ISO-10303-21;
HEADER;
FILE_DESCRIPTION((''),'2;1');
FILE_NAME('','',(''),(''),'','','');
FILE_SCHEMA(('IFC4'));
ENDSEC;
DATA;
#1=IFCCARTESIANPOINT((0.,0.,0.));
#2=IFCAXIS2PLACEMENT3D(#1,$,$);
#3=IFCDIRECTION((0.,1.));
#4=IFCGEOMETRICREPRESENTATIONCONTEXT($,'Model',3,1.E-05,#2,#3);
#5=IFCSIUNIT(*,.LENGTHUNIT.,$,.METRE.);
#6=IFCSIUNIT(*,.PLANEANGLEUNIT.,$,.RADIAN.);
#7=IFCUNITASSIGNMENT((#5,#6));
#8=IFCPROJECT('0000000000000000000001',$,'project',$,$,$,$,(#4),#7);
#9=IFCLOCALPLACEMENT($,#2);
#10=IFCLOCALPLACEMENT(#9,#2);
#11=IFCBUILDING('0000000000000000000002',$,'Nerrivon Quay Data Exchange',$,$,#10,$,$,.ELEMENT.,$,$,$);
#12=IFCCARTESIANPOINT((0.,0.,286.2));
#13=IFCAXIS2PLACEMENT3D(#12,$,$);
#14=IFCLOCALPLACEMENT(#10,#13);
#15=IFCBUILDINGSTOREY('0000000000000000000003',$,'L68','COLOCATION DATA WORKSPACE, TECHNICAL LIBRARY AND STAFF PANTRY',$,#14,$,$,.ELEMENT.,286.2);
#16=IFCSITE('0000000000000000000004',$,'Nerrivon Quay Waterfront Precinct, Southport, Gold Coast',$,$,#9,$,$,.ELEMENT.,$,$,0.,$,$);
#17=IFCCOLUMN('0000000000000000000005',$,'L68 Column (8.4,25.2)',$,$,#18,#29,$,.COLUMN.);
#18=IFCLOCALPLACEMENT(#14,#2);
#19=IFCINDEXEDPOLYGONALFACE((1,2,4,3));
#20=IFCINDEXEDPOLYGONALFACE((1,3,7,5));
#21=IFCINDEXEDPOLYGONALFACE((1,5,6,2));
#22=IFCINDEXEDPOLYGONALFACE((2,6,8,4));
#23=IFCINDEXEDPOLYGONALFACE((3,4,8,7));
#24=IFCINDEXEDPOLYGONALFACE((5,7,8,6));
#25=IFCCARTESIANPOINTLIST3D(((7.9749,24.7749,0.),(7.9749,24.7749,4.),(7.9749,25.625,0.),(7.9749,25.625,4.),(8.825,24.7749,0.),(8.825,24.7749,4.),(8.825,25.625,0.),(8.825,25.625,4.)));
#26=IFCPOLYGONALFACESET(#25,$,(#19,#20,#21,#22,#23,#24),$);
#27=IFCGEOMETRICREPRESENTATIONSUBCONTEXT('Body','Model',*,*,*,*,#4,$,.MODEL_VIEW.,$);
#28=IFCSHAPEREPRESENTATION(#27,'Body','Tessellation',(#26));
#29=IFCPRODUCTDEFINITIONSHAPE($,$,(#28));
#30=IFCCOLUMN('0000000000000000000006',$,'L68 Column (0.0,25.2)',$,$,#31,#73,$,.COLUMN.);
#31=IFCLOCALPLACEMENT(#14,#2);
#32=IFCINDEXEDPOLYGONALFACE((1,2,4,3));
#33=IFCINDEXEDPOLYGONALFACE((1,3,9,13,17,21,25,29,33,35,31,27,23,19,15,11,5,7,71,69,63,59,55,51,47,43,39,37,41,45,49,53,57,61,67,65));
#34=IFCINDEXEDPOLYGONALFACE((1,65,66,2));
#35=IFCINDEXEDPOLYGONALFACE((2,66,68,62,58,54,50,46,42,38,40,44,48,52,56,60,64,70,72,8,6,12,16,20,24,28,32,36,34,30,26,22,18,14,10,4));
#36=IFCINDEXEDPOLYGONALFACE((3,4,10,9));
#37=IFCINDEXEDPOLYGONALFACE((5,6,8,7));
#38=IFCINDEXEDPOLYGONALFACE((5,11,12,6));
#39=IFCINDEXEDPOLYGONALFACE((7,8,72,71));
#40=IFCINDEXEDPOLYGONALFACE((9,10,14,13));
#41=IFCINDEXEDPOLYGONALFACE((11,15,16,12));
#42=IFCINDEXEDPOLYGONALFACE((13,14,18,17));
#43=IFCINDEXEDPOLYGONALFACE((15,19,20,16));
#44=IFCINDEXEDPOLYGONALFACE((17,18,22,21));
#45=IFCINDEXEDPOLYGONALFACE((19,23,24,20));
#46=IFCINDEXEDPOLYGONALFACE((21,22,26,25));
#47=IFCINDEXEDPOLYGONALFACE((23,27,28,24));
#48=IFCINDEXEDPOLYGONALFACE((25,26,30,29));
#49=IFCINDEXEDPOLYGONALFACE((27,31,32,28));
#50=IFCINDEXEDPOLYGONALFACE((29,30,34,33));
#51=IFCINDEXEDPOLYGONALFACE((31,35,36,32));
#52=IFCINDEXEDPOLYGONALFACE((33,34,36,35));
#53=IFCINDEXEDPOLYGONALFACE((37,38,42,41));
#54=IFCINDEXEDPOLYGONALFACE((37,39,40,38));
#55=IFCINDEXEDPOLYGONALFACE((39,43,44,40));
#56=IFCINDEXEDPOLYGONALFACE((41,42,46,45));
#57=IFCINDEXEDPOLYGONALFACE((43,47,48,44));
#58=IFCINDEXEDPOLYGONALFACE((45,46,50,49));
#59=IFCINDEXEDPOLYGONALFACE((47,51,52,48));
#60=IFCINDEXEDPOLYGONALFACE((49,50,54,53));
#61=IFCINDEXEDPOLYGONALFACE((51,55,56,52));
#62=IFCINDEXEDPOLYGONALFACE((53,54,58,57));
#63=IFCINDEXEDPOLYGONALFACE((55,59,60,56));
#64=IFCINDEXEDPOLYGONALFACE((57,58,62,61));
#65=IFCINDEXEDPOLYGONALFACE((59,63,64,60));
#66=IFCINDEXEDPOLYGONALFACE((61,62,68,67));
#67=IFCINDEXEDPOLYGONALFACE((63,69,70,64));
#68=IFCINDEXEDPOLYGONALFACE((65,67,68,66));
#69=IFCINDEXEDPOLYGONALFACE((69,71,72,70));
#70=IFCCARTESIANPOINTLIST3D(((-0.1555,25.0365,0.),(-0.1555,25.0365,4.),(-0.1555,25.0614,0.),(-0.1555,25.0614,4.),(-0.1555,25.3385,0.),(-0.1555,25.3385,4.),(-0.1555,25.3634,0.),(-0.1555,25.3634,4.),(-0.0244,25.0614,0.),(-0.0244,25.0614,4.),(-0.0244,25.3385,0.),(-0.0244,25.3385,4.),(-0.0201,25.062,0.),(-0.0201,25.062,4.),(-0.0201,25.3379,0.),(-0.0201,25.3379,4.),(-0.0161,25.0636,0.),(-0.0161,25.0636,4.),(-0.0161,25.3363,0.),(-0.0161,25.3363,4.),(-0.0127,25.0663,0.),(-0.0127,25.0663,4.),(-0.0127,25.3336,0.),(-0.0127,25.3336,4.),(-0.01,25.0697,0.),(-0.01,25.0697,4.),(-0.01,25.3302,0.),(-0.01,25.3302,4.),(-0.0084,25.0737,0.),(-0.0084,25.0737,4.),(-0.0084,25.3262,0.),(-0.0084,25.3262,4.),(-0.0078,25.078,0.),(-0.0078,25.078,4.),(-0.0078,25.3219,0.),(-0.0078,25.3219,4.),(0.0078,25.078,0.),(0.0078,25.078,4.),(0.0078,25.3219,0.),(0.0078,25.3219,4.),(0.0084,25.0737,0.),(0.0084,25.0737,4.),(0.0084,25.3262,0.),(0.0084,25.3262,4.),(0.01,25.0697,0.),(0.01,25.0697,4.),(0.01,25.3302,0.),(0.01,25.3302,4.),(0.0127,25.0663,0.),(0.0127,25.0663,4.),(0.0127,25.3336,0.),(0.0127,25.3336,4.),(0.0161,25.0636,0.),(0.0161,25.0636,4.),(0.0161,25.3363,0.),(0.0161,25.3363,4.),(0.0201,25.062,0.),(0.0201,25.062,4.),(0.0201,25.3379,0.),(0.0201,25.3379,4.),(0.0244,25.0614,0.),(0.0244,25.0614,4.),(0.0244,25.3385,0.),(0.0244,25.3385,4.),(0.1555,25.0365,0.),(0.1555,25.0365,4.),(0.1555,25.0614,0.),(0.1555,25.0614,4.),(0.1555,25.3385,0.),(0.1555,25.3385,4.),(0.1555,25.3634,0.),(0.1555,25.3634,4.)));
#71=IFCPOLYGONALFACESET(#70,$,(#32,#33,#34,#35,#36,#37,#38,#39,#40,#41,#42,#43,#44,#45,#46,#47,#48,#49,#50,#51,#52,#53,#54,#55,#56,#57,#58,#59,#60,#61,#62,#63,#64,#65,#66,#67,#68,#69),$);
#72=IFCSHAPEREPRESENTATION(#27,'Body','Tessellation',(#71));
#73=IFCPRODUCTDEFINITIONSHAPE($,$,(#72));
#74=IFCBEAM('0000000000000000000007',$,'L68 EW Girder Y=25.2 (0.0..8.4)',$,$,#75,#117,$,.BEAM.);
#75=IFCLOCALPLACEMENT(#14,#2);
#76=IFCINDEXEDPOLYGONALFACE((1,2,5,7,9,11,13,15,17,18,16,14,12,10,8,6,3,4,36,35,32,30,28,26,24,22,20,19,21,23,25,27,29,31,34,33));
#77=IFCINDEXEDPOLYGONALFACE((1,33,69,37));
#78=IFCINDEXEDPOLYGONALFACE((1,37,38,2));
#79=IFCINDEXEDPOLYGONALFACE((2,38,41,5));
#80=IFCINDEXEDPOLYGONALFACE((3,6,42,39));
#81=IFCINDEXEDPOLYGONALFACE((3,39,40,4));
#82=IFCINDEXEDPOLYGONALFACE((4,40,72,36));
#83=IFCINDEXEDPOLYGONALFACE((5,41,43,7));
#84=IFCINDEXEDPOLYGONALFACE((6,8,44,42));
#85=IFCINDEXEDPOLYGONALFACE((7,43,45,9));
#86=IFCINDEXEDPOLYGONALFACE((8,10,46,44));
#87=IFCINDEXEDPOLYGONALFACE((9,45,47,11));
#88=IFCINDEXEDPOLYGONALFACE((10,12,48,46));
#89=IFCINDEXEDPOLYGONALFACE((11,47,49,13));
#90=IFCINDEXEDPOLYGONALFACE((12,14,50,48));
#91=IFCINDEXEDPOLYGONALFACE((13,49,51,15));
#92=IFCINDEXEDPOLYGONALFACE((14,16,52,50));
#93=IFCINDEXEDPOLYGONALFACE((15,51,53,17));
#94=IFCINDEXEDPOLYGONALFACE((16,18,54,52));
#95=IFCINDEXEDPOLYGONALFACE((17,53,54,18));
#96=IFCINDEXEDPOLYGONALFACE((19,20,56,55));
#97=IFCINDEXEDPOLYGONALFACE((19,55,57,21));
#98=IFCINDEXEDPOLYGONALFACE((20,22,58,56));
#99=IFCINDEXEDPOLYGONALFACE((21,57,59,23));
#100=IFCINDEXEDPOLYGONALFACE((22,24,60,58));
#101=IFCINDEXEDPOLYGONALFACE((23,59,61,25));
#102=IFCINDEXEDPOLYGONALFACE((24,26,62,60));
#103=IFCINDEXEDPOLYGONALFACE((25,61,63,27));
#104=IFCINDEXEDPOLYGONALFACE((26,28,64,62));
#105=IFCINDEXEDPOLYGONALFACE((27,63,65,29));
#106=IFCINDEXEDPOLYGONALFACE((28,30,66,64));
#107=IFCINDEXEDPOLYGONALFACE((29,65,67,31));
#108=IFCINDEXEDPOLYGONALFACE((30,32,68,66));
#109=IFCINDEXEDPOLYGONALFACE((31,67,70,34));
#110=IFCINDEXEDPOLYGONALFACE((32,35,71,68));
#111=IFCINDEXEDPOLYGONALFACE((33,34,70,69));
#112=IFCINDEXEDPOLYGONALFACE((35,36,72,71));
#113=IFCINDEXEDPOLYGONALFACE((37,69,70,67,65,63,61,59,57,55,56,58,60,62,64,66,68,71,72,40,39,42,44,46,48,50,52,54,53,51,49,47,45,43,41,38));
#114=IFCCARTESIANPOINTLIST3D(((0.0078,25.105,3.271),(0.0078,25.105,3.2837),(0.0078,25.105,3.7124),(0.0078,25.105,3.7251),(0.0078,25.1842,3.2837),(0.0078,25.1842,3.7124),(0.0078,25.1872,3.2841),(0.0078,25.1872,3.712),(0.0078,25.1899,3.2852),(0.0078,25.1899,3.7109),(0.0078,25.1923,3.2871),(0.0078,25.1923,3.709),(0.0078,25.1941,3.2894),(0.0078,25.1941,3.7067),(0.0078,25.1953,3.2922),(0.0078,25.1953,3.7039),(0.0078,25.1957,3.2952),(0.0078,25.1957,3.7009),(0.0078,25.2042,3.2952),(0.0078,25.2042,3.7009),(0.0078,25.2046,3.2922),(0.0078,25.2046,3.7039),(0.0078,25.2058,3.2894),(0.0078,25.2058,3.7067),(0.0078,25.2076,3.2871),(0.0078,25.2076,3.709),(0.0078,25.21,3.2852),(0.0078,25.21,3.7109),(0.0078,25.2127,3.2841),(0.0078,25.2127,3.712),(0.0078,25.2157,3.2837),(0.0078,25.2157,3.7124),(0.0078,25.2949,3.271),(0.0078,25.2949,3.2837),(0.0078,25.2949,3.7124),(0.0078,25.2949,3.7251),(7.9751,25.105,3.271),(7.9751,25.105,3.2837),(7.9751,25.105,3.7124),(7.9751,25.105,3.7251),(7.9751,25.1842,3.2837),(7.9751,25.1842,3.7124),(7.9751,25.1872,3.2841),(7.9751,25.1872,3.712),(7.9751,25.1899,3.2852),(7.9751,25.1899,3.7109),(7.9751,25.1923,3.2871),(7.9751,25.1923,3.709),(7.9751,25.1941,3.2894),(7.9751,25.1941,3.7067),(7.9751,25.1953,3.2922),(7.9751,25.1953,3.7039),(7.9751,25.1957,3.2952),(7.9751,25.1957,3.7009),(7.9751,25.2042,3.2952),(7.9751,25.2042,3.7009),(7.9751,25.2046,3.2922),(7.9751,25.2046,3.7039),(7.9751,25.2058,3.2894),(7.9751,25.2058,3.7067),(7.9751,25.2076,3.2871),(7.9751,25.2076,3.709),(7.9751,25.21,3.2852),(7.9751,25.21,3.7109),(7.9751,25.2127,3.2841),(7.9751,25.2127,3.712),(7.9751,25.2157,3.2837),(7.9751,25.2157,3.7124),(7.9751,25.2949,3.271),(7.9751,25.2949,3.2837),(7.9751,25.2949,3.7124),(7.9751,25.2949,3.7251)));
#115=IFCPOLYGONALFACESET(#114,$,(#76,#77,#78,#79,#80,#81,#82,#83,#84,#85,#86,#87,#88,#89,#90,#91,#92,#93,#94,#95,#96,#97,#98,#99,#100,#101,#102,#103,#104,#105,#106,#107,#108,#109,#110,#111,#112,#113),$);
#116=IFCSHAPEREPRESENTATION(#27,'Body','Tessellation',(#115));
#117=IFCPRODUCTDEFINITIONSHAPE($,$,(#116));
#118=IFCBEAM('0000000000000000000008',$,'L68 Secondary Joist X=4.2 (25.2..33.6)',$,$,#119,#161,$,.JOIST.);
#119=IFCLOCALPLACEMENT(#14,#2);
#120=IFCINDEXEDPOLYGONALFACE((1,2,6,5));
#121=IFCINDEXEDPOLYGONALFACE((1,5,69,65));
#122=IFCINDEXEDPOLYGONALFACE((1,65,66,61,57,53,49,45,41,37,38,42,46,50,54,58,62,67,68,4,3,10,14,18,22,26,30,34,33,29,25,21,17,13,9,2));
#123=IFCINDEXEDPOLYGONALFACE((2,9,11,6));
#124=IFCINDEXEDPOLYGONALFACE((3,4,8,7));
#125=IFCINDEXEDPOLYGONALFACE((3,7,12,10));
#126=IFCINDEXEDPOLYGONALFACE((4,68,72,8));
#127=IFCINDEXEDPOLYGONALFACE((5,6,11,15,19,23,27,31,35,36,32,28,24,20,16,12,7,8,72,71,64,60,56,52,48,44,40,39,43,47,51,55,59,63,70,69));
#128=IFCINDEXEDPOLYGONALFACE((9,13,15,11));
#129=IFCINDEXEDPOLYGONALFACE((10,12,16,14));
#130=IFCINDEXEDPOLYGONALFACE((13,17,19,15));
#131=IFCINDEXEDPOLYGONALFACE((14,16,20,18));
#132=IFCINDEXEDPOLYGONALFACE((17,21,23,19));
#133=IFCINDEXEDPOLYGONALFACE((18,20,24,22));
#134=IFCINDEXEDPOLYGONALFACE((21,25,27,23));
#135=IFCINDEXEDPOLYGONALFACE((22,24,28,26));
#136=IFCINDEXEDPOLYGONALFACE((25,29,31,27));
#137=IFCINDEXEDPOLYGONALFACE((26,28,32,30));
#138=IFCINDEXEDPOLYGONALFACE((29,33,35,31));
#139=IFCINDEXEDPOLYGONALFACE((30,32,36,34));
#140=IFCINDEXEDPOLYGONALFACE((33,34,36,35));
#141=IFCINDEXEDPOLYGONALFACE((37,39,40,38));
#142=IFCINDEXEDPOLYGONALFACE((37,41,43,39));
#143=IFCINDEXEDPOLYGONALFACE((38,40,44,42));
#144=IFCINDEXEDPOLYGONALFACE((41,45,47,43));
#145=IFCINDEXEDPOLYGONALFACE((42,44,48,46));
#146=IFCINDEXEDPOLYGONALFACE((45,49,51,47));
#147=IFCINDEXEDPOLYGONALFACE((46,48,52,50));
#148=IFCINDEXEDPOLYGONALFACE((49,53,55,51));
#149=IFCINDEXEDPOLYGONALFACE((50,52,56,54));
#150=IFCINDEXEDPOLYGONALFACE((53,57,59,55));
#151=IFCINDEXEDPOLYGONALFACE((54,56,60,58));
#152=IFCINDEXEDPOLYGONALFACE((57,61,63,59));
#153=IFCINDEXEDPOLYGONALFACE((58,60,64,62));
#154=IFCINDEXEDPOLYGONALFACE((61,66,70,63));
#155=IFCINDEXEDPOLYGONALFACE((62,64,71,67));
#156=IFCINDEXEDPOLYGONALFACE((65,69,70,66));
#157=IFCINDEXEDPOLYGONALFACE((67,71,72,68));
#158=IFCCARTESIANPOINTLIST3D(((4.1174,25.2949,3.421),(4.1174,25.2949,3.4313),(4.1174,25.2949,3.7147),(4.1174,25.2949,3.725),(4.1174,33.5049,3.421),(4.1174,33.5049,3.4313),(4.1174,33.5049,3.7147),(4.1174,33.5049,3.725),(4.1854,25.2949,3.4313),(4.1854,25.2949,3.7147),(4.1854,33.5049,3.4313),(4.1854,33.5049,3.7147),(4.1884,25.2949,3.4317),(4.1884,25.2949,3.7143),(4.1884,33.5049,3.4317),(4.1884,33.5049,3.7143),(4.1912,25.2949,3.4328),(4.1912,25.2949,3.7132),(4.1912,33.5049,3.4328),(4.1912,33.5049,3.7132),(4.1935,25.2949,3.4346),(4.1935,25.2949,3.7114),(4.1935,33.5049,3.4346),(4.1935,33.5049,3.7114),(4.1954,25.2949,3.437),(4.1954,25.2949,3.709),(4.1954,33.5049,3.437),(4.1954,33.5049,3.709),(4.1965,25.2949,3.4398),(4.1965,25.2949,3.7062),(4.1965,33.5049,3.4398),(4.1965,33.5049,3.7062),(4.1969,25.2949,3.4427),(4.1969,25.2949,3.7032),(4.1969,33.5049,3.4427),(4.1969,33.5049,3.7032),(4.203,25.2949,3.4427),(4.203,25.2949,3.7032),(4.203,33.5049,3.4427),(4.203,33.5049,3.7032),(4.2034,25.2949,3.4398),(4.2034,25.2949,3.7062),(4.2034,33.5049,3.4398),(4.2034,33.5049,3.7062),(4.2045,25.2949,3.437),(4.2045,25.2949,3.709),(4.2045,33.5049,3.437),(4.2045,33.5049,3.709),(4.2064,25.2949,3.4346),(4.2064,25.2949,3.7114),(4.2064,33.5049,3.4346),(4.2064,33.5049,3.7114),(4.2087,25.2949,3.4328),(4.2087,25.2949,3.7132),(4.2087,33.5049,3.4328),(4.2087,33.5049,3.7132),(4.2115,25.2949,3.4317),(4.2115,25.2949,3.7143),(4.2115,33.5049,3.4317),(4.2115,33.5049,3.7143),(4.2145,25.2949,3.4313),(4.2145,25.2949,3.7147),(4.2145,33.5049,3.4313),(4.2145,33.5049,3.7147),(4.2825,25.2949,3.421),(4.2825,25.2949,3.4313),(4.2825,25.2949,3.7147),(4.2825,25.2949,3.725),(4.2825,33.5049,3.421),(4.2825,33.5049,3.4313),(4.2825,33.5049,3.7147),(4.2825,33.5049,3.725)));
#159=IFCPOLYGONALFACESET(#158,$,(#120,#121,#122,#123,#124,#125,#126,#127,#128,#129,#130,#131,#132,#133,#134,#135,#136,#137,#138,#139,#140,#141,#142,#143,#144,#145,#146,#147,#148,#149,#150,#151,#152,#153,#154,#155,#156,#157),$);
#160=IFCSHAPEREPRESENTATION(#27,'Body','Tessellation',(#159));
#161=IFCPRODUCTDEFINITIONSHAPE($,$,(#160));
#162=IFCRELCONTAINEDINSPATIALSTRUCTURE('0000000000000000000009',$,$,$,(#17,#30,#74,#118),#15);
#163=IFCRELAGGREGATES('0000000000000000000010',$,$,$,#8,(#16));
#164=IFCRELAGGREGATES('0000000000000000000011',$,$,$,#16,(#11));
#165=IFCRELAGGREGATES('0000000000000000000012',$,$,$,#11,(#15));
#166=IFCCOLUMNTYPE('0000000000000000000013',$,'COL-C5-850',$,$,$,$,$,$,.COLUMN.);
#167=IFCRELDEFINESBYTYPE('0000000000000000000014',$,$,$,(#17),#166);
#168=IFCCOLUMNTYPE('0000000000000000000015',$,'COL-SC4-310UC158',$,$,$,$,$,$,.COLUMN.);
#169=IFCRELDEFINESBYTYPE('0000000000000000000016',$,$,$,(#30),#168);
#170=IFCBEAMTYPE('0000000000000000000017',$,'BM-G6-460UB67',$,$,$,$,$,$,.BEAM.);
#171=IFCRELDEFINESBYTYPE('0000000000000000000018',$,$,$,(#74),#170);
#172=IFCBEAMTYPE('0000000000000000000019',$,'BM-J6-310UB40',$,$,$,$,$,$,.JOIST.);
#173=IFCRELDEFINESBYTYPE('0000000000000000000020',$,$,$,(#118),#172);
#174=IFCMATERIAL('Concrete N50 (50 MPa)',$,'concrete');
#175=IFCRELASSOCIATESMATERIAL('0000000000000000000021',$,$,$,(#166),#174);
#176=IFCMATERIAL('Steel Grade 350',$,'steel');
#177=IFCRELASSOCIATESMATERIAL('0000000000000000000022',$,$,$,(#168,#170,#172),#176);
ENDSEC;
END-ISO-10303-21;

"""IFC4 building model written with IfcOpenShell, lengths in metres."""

from ifc_helpers import new_model, si_unit, direction, frame, origin, origin_2d, place, context, subcontext, project, spatial, rectangle, i_section, extrude, material, material_profile, profile_set, type_object, element, save


model = new_model("IFC4")

# Units and contexts
model_context = context("Model", 3, precision=1e-05, world=origin(), true_north=direction((0.0, 1.0)))
body_context = subcontext(model_context, "Body", "Model", "MODEL_VIEW")
ifc_project = project(units=[si_unit("LENGTHUNIT", "METRE"), si_unit("PLANEANGLEUNIT", "RADIAN")], contexts=[model_context])

# Site, building, storey
site_placement = place(None, origin())
site = spatial("IfcSite", under=ifc_project, at=site_placement, Name="Nerrivon Quay Waterfront Precinct, Southport, Gold Coast", CompositionType="ELEMENT", RefElevation=0.0)
building_placement = place(site_placement, origin())
building = spatial("IfcBuilding", under=site, at=building_placement, Name="Nerrivon Quay Data Exchange", CompositionType="ELEMENT")
storey_placement = place(building_placement, frame((0.0, 0.0, 286.2)))
storey = spatial("IfcBuildingStorey", under=building, at=storey_placement, Name="L68", Description="COLOCATION DATA WORKSPACE, TECHNICAL LIBRARY AND STAFF PANTRY", CompositionType="ELEMENT", Elevation=286.2)

# Columns
ifc_material_1 = material(Name="Concrete N50 (50 MPa)", Category="concrete")
ifc_material_profile_1 = material_profile(ifc_material_1, rectangle(XDim=0.8501, YDim=0.8501, at=origin_2d()), Name="RC-COL-850x850")
ifc_profile_set_1 = profile_set([ifc_material_profile_1], Name="Concrete N50 (50 MPa)")
column_type_1 = type_object("IfcColumnType", Name="COL-C5-850", PredefinedType="COLUMN", material=ifc_profile_set_1)
column_1_placement = place(storey_placement, frame((8.3999, 25.2, 0.0), z_axis=(0.0, 0.0, 1.0), x_axis=(1.0, 0.0, 0.0)))
element("IfcColumn", 1, at=column_1_placement, inside=storey, type_object=column_type_1, Name="L68 Column (8.4,25.2)", PredefinedType="COLUMN", context=body_context, shape_type="SweptSolid", body=[
    extrude(rectangle(XDim=0.8501, YDim=0.8501, at=origin_2d()), origin(), (0.0, 0.0, 1.0), 4.0),
])
ifc_material_2 = material(Name="Steel Grade 350", Category="steel")
ifc_material_profile_2 = material_profile(ifc_material_2, i_section(OverallWidth=0.311, OverallDepth=0.3269, WebThickness=0.0156, FlangeThickness=0.0249, FilletRadius=0.0166, at=origin_2d()), Name="310UC158")
ifc_profile_set_2 = profile_set([ifc_material_profile_2], Name="Steel Grade 350")
column_type_2 = type_object("IfcColumnType", Name="COL-SC4-310UC158", PredefinedType="COLUMN", material=ifc_profile_set_2)
column_2_placement = place(storey_placement, frame((0.0, 25.2, 0.0), z_axis=(0.0, 0.0, 1.0), x_axis=(1.0, 0.0, 0.0)))
element("IfcColumn", 2, at=column_2_placement, inside=storey, type_object=column_type_2, Name="L68 Column (0.0,25.2)", PredefinedType="COLUMN", context=body_context, shape_type="SweptSolid", body=[
    extrude(i_section(OverallWidth=0.311, OverallDepth=0.3269, WebThickness=0.0156, FlangeThickness=0.0249, FilletRadius=0.0166, at=origin_2d()), origin(), (0.0, 0.0, 1.0), 4.0),
])

# Beams
ifc_material_profile_3 = material_profile(ifc_material_2, i_section(OverallWidth=0.1899, OverallDepth=0.4541, WebThickness=0.0085, FlangeThickness=0.0127, FilletRadius=0.0115, at=origin_2d()), Name="460UB67.1")
ifc_profile_set_3 = profile_set([ifc_material_profile_3], Name="Steel Grade 350")
beam_type_1 = type_object("IfcBeamType", Name="BM-G6-460UB67", PredefinedType="BEAM", material=ifc_profile_set_3)
beam_1_placement = place(storey_placement, frame((0.0078, 25.2, 3.498), z_axis=(1.0, 0.0, 0.0), x_axis=(0.0, 1.0, 0.0)))
element("IfcBeam", 3, at=beam_1_placement, inside=storey, type_object=beam_type_1, Name="L68 EW Girder Y=25.2 (0.0..8.4)", PredefinedType="BEAM", context=body_context, shape_type="SweptSolid", body=[
    extrude(i_section(OverallWidth=0.1899, OverallDepth=0.4541, WebThickness=0.0085, FlangeThickness=0.0127, FilletRadius=0.0115, at=origin_2d()), origin(), (0.0, 0.0, 1.0), 7.9673),
])
ifc_material_profile_4 = material_profile(ifc_material_2, i_section(OverallWidth=0.165, OverallDepth=0.304, WebThickness=0.0061, FlangeThickness=0.0103, FilletRadius=0.0115, at=origin_2d()), Name="310UB40.4")
ifc_profile_set_4 = profile_set([ifc_material_profile_4], Name="Steel Grade 350")
beam_type_2 = type_object("IfcBeamType", Name="BM-J6-310UB40", PredefinedType="JOIST", material=ifc_profile_set_4)
beam_2_placement = place(storey_placement, frame((4.2, 25.2949, 3.573), z_axis=(0.0, 1.0, 0.0), x_axis=(-1.0, 0.0, 0.0)))
element("IfcBeam", 4, at=beam_2_placement, inside=storey, type_object=beam_type_2, Name="L68 Secondary Joist X=4.2 (25.2..33.6)", PredefinedType="JOIST", context=body_context, shape_type="SweptSolid", body=[
    extrude(i_section(OverallWidth=0.165, OverallDepth=0.304, WebThickness=0.0061, FlangeThickness=0.0103, FilletRadius=0.0115, at=origin_2d()), origin(), (0.0, 0.0, 1.0), 8.21),
])

save(model, "model.ifc")
